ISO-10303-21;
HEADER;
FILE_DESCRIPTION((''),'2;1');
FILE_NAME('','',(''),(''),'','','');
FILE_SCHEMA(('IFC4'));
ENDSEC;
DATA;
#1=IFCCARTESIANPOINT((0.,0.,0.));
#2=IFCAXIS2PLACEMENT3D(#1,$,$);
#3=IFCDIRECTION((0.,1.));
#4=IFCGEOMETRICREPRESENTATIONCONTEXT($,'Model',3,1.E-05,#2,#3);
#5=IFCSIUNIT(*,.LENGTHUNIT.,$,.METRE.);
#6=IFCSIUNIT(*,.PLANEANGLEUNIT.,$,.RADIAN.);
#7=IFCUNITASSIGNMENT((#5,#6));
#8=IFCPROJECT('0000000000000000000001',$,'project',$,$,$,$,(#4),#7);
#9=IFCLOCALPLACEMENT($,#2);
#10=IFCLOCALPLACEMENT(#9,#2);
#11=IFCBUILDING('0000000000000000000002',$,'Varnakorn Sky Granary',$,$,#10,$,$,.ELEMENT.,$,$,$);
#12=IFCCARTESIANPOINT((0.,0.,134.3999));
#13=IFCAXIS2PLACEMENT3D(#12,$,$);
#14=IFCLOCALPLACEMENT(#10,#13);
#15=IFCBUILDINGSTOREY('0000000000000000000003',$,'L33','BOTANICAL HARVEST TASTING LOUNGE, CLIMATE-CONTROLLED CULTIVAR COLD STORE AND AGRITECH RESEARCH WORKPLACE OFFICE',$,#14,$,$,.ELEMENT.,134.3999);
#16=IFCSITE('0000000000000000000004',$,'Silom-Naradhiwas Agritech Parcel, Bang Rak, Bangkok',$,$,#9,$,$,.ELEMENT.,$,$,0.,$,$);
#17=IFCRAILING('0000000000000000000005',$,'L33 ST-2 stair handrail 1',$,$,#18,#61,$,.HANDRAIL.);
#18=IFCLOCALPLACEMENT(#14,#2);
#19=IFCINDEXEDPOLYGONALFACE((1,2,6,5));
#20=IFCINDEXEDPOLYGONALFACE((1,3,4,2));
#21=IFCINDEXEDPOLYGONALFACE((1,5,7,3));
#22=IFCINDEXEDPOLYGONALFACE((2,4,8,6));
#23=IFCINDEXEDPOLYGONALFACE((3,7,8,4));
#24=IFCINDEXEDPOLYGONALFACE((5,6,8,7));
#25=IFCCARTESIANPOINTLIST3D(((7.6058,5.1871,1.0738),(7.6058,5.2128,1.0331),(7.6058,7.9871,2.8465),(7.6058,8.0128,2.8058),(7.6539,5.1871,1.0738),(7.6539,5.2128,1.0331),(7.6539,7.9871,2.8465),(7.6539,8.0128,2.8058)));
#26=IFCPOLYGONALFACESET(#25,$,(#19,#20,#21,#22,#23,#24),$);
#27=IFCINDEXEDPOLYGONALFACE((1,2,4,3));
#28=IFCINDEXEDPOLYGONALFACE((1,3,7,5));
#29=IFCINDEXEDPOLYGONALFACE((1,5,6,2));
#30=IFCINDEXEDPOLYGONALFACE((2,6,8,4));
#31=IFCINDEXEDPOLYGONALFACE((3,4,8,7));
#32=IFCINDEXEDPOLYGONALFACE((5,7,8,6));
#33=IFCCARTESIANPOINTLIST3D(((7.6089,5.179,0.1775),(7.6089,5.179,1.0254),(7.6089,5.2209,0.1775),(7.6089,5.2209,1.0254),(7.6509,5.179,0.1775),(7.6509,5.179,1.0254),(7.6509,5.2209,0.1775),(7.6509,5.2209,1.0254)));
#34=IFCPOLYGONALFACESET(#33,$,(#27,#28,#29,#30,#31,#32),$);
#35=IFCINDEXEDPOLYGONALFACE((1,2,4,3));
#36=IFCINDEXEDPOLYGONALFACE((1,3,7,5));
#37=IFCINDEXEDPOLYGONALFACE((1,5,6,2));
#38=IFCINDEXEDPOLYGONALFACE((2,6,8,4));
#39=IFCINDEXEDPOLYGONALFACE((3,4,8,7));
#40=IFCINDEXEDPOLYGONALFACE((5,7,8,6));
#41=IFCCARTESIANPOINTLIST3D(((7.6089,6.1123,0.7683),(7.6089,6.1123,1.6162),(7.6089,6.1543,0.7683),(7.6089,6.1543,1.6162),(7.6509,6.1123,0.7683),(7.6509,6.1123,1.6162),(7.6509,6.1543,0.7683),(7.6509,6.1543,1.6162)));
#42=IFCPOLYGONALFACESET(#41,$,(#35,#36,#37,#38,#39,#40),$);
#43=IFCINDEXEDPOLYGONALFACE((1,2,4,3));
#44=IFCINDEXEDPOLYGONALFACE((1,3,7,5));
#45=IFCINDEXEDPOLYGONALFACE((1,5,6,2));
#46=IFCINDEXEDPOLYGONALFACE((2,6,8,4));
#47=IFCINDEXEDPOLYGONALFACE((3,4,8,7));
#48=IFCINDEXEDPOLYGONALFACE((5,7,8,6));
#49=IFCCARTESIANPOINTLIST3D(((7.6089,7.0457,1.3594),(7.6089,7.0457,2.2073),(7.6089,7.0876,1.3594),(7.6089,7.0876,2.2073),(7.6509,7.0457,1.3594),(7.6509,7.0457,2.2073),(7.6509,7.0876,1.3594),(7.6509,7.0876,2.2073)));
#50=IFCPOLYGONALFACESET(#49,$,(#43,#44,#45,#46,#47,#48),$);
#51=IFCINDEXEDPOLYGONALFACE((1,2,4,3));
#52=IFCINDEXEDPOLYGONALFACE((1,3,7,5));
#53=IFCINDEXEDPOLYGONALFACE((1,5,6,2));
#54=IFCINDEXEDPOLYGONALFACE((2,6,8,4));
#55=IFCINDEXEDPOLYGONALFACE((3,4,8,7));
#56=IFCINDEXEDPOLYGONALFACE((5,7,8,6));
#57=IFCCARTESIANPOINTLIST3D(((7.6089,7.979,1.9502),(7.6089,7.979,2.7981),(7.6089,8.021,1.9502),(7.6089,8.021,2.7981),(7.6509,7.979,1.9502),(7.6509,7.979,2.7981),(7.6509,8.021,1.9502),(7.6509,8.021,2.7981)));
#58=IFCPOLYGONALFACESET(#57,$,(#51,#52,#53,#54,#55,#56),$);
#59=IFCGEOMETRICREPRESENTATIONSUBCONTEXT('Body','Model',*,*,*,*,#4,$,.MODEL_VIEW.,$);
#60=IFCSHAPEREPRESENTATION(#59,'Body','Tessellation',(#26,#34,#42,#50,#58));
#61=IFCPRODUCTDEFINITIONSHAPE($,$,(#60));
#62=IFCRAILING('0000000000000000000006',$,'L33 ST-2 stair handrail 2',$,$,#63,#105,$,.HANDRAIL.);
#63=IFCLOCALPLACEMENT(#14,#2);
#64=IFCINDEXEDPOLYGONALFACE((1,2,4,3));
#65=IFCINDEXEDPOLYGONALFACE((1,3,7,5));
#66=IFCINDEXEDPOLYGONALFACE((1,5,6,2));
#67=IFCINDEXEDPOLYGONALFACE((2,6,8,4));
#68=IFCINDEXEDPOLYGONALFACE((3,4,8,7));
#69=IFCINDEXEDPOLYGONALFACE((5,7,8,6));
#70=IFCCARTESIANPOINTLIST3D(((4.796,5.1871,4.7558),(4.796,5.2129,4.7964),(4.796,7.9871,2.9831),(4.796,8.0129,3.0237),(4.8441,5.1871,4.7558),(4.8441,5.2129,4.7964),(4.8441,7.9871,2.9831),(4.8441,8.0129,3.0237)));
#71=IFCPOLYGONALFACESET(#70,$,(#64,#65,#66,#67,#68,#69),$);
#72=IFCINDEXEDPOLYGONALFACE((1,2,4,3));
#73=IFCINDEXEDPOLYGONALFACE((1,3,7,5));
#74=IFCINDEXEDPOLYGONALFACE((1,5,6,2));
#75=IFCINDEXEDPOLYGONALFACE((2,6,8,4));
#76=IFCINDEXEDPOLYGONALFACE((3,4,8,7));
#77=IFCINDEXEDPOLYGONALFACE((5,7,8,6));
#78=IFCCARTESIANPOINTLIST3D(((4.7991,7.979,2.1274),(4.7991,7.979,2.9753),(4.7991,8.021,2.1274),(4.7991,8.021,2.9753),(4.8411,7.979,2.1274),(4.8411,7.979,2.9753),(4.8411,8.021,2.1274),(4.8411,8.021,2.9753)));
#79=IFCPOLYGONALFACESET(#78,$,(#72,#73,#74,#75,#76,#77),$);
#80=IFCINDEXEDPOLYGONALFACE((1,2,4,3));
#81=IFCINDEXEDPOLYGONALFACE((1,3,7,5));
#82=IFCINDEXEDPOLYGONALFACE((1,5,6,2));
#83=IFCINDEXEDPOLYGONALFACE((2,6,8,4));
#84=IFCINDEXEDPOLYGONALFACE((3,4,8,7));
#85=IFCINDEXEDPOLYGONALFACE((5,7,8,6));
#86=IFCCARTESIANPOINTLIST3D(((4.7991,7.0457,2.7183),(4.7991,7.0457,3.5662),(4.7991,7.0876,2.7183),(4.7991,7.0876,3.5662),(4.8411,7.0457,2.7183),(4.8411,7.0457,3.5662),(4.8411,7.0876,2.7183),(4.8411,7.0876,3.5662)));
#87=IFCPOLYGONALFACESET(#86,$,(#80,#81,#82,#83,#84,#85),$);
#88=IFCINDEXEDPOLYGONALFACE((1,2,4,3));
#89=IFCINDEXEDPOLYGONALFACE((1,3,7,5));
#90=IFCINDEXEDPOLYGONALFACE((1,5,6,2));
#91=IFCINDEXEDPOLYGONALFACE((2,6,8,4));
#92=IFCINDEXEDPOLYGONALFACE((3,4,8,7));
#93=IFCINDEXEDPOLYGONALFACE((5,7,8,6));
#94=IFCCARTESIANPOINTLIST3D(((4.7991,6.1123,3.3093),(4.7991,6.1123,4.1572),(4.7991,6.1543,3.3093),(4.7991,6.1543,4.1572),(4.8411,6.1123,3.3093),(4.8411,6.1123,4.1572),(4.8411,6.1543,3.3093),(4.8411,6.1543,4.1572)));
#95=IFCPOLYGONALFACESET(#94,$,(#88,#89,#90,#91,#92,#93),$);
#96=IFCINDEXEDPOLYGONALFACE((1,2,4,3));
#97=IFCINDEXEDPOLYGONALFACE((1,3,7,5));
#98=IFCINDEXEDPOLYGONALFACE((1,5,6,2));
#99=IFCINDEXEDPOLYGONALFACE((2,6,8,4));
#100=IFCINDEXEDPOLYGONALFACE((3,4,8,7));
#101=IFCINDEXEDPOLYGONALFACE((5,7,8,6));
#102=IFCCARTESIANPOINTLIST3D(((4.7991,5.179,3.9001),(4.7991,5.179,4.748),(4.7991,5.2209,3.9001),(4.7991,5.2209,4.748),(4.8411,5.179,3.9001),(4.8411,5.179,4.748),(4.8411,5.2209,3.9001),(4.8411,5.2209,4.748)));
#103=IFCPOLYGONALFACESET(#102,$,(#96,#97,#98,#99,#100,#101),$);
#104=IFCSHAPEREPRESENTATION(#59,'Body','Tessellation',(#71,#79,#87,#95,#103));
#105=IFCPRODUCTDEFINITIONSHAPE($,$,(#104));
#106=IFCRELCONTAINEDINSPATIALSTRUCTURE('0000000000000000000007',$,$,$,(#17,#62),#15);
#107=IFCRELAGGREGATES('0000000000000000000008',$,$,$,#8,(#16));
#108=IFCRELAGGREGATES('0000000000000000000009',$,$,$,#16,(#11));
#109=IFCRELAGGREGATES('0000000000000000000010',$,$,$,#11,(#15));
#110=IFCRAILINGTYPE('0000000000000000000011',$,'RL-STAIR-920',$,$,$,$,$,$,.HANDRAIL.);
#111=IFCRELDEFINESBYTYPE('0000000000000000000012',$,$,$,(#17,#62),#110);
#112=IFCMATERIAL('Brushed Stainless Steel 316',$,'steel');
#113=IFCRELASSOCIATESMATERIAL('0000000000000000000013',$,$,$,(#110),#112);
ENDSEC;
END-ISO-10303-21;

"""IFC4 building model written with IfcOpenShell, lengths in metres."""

from ifc_helpers import new_model, si_unit, direction, frame, origin, origin_2d, place, context, subcontext, project, spatial, rectangle, extrude, material, type_object, element, save


model = new_model("IFC4")

# Units and contexts
model_context = context("Model", 3, precision=1e-05, world=origin(), true_north=direction((0.0, 1.0)))
body_context = subcontext(model_context, "Body", "Model", "MODEL_VIEW")
ifc_project = project(units=[si_unit("LENGTHUNIT", "METRE"), si_unit("PLANEANGLEUNIT", "RADIAN")], contexts=[model_context])

# Site, building, storey
site_placement = place(None, origin())
site = spatial("IfcSite", under=ifc_project, at=site_placement, Name="Silom-Naradhiwas Agritech Parcel, Bang Rak, Bangkok", CompositionType="ELEMENT", RefElevation=0.0)
building_placement = place(site_placement, origin())
building = spatial("IfcBuilding", under=site, at=building_placement, Name="Varnakorn Sky Granary", CompositionType="ELEMENT")
storey_placement = place(building_placement, frame((0.0, 0.0, 134.3999)))
storey = spatial("IfcBuildingStorey", under=building, at=storey_placement, Name="L33", Description="BOTANICAL HARVEST TASTING LOUNGE, CLIMATE-CONTROLLED CULTIVAR COLD STORE AND AGRITECH RESEARCH WORKPLACE OFFICE", CompositionType="ELEMENT", Elevation=134.3999)

# Railings
ifc_material_1 = material(Name="Brushed Stainless Steel 316", Category="steel")
railing_type_1 = type_object("IfcRailingType", Name="RL-STAIR-920", PredefinedType="HANDRAIL", material=ifc_material_1)
for number, where, name in (
    (1, (7.6299, 5.2, 0.1775), "L33 ST-2 stair handrail 1"),
):
    element("IfcRailing", number, at=place(storey_placement, frame(where)), inside=storey, type_object=railing_type_1, Name=name, PredefinedType="HANDRAIL", context=body_context, shape_type="SweptSolid", body=[
        extrude(rectangle(XDim=0.0481, YDim=0.0481, at=origin_2d()), frame((0.0, 0.0, 0.876), z_axis=(0.0, 0.844909, 0.53491), x_axis=(-1.0, 0.0, 0.0)), (0.0, 0.0, 1.0), 3.314),
        extrude(rectangle(XDim=0.042, YDim=0.042, at=origin_2d()), origin(), (0.0, 0.0, 1.0), 0.8479),
        extrude(rectangle(XDim=0.042, YDim=0.042, at=origin_2d()), frame((0.0, 0.9333, 0.5908)), (0.0, 0.0, 1.0), 0.8479),
        extrude(rectangle(XDim=0.042, YDim=0.042, at=origin_2d()), frame((0.0, 1.8667, 1.1819)), (0.0, 0.0, 1.0), 0.8479),
        extrude(rectangle(XDim=0.042, YDim=0.042, at=origin_2d()), frame((0.0, 2.8, 1.7727)), (0.0, 0.0, 1.0), 0.8479),
    ])
railing_1_placement = place(storey_placement, frame((4.8201, 8.0, 2.1274)))
element("IfcRailing", 2, at=railing_1_placement, inside=storey, type_object=railing_type_1, Name="L33 ST-2 stair handrail 2", PredefinedType="HANDRAIL", context=body_context, shape_type="SweptSolid", body=[
    extrude(rectangle(XDim=0.0481, YDim=0.0481, at=origin_2d()), frame((0.0, 0.0, 0.876), z_axis=(0.0, -0.844909, 0.53491), x_axis=(1.0, 0.0, 0.0)), (0.0, 0.0, 1.0), 3.314),
    extrude(rectangle(XDim=0.042, YDim=0.042, at=origin_2d()), origin(), (0.0, 0.0, 1.0), 0.8479),
    extrude(rectangle(XDim=0.042, YDim=0.042, at=origin_2d()), frame((0.0, -0.9333, 0.5908)), (0.0, 0.0, 1.0), 0.8479),
    extrude(rectangle(XDim=0.042, YDim=0.042, at=origin_2d()), frame((0.0, -1.8667, 1.1819)), (0.0, 0.0, 1.0), 0.8479),
    extrude(rectangle(XDim=0.042, YDim=0.042, at=origin_2d()), frame((0.0, -2.8, 1.7727)), (0.0, 0.0, 1.0), 0.8479),
])

save(model, "model.ifc")
